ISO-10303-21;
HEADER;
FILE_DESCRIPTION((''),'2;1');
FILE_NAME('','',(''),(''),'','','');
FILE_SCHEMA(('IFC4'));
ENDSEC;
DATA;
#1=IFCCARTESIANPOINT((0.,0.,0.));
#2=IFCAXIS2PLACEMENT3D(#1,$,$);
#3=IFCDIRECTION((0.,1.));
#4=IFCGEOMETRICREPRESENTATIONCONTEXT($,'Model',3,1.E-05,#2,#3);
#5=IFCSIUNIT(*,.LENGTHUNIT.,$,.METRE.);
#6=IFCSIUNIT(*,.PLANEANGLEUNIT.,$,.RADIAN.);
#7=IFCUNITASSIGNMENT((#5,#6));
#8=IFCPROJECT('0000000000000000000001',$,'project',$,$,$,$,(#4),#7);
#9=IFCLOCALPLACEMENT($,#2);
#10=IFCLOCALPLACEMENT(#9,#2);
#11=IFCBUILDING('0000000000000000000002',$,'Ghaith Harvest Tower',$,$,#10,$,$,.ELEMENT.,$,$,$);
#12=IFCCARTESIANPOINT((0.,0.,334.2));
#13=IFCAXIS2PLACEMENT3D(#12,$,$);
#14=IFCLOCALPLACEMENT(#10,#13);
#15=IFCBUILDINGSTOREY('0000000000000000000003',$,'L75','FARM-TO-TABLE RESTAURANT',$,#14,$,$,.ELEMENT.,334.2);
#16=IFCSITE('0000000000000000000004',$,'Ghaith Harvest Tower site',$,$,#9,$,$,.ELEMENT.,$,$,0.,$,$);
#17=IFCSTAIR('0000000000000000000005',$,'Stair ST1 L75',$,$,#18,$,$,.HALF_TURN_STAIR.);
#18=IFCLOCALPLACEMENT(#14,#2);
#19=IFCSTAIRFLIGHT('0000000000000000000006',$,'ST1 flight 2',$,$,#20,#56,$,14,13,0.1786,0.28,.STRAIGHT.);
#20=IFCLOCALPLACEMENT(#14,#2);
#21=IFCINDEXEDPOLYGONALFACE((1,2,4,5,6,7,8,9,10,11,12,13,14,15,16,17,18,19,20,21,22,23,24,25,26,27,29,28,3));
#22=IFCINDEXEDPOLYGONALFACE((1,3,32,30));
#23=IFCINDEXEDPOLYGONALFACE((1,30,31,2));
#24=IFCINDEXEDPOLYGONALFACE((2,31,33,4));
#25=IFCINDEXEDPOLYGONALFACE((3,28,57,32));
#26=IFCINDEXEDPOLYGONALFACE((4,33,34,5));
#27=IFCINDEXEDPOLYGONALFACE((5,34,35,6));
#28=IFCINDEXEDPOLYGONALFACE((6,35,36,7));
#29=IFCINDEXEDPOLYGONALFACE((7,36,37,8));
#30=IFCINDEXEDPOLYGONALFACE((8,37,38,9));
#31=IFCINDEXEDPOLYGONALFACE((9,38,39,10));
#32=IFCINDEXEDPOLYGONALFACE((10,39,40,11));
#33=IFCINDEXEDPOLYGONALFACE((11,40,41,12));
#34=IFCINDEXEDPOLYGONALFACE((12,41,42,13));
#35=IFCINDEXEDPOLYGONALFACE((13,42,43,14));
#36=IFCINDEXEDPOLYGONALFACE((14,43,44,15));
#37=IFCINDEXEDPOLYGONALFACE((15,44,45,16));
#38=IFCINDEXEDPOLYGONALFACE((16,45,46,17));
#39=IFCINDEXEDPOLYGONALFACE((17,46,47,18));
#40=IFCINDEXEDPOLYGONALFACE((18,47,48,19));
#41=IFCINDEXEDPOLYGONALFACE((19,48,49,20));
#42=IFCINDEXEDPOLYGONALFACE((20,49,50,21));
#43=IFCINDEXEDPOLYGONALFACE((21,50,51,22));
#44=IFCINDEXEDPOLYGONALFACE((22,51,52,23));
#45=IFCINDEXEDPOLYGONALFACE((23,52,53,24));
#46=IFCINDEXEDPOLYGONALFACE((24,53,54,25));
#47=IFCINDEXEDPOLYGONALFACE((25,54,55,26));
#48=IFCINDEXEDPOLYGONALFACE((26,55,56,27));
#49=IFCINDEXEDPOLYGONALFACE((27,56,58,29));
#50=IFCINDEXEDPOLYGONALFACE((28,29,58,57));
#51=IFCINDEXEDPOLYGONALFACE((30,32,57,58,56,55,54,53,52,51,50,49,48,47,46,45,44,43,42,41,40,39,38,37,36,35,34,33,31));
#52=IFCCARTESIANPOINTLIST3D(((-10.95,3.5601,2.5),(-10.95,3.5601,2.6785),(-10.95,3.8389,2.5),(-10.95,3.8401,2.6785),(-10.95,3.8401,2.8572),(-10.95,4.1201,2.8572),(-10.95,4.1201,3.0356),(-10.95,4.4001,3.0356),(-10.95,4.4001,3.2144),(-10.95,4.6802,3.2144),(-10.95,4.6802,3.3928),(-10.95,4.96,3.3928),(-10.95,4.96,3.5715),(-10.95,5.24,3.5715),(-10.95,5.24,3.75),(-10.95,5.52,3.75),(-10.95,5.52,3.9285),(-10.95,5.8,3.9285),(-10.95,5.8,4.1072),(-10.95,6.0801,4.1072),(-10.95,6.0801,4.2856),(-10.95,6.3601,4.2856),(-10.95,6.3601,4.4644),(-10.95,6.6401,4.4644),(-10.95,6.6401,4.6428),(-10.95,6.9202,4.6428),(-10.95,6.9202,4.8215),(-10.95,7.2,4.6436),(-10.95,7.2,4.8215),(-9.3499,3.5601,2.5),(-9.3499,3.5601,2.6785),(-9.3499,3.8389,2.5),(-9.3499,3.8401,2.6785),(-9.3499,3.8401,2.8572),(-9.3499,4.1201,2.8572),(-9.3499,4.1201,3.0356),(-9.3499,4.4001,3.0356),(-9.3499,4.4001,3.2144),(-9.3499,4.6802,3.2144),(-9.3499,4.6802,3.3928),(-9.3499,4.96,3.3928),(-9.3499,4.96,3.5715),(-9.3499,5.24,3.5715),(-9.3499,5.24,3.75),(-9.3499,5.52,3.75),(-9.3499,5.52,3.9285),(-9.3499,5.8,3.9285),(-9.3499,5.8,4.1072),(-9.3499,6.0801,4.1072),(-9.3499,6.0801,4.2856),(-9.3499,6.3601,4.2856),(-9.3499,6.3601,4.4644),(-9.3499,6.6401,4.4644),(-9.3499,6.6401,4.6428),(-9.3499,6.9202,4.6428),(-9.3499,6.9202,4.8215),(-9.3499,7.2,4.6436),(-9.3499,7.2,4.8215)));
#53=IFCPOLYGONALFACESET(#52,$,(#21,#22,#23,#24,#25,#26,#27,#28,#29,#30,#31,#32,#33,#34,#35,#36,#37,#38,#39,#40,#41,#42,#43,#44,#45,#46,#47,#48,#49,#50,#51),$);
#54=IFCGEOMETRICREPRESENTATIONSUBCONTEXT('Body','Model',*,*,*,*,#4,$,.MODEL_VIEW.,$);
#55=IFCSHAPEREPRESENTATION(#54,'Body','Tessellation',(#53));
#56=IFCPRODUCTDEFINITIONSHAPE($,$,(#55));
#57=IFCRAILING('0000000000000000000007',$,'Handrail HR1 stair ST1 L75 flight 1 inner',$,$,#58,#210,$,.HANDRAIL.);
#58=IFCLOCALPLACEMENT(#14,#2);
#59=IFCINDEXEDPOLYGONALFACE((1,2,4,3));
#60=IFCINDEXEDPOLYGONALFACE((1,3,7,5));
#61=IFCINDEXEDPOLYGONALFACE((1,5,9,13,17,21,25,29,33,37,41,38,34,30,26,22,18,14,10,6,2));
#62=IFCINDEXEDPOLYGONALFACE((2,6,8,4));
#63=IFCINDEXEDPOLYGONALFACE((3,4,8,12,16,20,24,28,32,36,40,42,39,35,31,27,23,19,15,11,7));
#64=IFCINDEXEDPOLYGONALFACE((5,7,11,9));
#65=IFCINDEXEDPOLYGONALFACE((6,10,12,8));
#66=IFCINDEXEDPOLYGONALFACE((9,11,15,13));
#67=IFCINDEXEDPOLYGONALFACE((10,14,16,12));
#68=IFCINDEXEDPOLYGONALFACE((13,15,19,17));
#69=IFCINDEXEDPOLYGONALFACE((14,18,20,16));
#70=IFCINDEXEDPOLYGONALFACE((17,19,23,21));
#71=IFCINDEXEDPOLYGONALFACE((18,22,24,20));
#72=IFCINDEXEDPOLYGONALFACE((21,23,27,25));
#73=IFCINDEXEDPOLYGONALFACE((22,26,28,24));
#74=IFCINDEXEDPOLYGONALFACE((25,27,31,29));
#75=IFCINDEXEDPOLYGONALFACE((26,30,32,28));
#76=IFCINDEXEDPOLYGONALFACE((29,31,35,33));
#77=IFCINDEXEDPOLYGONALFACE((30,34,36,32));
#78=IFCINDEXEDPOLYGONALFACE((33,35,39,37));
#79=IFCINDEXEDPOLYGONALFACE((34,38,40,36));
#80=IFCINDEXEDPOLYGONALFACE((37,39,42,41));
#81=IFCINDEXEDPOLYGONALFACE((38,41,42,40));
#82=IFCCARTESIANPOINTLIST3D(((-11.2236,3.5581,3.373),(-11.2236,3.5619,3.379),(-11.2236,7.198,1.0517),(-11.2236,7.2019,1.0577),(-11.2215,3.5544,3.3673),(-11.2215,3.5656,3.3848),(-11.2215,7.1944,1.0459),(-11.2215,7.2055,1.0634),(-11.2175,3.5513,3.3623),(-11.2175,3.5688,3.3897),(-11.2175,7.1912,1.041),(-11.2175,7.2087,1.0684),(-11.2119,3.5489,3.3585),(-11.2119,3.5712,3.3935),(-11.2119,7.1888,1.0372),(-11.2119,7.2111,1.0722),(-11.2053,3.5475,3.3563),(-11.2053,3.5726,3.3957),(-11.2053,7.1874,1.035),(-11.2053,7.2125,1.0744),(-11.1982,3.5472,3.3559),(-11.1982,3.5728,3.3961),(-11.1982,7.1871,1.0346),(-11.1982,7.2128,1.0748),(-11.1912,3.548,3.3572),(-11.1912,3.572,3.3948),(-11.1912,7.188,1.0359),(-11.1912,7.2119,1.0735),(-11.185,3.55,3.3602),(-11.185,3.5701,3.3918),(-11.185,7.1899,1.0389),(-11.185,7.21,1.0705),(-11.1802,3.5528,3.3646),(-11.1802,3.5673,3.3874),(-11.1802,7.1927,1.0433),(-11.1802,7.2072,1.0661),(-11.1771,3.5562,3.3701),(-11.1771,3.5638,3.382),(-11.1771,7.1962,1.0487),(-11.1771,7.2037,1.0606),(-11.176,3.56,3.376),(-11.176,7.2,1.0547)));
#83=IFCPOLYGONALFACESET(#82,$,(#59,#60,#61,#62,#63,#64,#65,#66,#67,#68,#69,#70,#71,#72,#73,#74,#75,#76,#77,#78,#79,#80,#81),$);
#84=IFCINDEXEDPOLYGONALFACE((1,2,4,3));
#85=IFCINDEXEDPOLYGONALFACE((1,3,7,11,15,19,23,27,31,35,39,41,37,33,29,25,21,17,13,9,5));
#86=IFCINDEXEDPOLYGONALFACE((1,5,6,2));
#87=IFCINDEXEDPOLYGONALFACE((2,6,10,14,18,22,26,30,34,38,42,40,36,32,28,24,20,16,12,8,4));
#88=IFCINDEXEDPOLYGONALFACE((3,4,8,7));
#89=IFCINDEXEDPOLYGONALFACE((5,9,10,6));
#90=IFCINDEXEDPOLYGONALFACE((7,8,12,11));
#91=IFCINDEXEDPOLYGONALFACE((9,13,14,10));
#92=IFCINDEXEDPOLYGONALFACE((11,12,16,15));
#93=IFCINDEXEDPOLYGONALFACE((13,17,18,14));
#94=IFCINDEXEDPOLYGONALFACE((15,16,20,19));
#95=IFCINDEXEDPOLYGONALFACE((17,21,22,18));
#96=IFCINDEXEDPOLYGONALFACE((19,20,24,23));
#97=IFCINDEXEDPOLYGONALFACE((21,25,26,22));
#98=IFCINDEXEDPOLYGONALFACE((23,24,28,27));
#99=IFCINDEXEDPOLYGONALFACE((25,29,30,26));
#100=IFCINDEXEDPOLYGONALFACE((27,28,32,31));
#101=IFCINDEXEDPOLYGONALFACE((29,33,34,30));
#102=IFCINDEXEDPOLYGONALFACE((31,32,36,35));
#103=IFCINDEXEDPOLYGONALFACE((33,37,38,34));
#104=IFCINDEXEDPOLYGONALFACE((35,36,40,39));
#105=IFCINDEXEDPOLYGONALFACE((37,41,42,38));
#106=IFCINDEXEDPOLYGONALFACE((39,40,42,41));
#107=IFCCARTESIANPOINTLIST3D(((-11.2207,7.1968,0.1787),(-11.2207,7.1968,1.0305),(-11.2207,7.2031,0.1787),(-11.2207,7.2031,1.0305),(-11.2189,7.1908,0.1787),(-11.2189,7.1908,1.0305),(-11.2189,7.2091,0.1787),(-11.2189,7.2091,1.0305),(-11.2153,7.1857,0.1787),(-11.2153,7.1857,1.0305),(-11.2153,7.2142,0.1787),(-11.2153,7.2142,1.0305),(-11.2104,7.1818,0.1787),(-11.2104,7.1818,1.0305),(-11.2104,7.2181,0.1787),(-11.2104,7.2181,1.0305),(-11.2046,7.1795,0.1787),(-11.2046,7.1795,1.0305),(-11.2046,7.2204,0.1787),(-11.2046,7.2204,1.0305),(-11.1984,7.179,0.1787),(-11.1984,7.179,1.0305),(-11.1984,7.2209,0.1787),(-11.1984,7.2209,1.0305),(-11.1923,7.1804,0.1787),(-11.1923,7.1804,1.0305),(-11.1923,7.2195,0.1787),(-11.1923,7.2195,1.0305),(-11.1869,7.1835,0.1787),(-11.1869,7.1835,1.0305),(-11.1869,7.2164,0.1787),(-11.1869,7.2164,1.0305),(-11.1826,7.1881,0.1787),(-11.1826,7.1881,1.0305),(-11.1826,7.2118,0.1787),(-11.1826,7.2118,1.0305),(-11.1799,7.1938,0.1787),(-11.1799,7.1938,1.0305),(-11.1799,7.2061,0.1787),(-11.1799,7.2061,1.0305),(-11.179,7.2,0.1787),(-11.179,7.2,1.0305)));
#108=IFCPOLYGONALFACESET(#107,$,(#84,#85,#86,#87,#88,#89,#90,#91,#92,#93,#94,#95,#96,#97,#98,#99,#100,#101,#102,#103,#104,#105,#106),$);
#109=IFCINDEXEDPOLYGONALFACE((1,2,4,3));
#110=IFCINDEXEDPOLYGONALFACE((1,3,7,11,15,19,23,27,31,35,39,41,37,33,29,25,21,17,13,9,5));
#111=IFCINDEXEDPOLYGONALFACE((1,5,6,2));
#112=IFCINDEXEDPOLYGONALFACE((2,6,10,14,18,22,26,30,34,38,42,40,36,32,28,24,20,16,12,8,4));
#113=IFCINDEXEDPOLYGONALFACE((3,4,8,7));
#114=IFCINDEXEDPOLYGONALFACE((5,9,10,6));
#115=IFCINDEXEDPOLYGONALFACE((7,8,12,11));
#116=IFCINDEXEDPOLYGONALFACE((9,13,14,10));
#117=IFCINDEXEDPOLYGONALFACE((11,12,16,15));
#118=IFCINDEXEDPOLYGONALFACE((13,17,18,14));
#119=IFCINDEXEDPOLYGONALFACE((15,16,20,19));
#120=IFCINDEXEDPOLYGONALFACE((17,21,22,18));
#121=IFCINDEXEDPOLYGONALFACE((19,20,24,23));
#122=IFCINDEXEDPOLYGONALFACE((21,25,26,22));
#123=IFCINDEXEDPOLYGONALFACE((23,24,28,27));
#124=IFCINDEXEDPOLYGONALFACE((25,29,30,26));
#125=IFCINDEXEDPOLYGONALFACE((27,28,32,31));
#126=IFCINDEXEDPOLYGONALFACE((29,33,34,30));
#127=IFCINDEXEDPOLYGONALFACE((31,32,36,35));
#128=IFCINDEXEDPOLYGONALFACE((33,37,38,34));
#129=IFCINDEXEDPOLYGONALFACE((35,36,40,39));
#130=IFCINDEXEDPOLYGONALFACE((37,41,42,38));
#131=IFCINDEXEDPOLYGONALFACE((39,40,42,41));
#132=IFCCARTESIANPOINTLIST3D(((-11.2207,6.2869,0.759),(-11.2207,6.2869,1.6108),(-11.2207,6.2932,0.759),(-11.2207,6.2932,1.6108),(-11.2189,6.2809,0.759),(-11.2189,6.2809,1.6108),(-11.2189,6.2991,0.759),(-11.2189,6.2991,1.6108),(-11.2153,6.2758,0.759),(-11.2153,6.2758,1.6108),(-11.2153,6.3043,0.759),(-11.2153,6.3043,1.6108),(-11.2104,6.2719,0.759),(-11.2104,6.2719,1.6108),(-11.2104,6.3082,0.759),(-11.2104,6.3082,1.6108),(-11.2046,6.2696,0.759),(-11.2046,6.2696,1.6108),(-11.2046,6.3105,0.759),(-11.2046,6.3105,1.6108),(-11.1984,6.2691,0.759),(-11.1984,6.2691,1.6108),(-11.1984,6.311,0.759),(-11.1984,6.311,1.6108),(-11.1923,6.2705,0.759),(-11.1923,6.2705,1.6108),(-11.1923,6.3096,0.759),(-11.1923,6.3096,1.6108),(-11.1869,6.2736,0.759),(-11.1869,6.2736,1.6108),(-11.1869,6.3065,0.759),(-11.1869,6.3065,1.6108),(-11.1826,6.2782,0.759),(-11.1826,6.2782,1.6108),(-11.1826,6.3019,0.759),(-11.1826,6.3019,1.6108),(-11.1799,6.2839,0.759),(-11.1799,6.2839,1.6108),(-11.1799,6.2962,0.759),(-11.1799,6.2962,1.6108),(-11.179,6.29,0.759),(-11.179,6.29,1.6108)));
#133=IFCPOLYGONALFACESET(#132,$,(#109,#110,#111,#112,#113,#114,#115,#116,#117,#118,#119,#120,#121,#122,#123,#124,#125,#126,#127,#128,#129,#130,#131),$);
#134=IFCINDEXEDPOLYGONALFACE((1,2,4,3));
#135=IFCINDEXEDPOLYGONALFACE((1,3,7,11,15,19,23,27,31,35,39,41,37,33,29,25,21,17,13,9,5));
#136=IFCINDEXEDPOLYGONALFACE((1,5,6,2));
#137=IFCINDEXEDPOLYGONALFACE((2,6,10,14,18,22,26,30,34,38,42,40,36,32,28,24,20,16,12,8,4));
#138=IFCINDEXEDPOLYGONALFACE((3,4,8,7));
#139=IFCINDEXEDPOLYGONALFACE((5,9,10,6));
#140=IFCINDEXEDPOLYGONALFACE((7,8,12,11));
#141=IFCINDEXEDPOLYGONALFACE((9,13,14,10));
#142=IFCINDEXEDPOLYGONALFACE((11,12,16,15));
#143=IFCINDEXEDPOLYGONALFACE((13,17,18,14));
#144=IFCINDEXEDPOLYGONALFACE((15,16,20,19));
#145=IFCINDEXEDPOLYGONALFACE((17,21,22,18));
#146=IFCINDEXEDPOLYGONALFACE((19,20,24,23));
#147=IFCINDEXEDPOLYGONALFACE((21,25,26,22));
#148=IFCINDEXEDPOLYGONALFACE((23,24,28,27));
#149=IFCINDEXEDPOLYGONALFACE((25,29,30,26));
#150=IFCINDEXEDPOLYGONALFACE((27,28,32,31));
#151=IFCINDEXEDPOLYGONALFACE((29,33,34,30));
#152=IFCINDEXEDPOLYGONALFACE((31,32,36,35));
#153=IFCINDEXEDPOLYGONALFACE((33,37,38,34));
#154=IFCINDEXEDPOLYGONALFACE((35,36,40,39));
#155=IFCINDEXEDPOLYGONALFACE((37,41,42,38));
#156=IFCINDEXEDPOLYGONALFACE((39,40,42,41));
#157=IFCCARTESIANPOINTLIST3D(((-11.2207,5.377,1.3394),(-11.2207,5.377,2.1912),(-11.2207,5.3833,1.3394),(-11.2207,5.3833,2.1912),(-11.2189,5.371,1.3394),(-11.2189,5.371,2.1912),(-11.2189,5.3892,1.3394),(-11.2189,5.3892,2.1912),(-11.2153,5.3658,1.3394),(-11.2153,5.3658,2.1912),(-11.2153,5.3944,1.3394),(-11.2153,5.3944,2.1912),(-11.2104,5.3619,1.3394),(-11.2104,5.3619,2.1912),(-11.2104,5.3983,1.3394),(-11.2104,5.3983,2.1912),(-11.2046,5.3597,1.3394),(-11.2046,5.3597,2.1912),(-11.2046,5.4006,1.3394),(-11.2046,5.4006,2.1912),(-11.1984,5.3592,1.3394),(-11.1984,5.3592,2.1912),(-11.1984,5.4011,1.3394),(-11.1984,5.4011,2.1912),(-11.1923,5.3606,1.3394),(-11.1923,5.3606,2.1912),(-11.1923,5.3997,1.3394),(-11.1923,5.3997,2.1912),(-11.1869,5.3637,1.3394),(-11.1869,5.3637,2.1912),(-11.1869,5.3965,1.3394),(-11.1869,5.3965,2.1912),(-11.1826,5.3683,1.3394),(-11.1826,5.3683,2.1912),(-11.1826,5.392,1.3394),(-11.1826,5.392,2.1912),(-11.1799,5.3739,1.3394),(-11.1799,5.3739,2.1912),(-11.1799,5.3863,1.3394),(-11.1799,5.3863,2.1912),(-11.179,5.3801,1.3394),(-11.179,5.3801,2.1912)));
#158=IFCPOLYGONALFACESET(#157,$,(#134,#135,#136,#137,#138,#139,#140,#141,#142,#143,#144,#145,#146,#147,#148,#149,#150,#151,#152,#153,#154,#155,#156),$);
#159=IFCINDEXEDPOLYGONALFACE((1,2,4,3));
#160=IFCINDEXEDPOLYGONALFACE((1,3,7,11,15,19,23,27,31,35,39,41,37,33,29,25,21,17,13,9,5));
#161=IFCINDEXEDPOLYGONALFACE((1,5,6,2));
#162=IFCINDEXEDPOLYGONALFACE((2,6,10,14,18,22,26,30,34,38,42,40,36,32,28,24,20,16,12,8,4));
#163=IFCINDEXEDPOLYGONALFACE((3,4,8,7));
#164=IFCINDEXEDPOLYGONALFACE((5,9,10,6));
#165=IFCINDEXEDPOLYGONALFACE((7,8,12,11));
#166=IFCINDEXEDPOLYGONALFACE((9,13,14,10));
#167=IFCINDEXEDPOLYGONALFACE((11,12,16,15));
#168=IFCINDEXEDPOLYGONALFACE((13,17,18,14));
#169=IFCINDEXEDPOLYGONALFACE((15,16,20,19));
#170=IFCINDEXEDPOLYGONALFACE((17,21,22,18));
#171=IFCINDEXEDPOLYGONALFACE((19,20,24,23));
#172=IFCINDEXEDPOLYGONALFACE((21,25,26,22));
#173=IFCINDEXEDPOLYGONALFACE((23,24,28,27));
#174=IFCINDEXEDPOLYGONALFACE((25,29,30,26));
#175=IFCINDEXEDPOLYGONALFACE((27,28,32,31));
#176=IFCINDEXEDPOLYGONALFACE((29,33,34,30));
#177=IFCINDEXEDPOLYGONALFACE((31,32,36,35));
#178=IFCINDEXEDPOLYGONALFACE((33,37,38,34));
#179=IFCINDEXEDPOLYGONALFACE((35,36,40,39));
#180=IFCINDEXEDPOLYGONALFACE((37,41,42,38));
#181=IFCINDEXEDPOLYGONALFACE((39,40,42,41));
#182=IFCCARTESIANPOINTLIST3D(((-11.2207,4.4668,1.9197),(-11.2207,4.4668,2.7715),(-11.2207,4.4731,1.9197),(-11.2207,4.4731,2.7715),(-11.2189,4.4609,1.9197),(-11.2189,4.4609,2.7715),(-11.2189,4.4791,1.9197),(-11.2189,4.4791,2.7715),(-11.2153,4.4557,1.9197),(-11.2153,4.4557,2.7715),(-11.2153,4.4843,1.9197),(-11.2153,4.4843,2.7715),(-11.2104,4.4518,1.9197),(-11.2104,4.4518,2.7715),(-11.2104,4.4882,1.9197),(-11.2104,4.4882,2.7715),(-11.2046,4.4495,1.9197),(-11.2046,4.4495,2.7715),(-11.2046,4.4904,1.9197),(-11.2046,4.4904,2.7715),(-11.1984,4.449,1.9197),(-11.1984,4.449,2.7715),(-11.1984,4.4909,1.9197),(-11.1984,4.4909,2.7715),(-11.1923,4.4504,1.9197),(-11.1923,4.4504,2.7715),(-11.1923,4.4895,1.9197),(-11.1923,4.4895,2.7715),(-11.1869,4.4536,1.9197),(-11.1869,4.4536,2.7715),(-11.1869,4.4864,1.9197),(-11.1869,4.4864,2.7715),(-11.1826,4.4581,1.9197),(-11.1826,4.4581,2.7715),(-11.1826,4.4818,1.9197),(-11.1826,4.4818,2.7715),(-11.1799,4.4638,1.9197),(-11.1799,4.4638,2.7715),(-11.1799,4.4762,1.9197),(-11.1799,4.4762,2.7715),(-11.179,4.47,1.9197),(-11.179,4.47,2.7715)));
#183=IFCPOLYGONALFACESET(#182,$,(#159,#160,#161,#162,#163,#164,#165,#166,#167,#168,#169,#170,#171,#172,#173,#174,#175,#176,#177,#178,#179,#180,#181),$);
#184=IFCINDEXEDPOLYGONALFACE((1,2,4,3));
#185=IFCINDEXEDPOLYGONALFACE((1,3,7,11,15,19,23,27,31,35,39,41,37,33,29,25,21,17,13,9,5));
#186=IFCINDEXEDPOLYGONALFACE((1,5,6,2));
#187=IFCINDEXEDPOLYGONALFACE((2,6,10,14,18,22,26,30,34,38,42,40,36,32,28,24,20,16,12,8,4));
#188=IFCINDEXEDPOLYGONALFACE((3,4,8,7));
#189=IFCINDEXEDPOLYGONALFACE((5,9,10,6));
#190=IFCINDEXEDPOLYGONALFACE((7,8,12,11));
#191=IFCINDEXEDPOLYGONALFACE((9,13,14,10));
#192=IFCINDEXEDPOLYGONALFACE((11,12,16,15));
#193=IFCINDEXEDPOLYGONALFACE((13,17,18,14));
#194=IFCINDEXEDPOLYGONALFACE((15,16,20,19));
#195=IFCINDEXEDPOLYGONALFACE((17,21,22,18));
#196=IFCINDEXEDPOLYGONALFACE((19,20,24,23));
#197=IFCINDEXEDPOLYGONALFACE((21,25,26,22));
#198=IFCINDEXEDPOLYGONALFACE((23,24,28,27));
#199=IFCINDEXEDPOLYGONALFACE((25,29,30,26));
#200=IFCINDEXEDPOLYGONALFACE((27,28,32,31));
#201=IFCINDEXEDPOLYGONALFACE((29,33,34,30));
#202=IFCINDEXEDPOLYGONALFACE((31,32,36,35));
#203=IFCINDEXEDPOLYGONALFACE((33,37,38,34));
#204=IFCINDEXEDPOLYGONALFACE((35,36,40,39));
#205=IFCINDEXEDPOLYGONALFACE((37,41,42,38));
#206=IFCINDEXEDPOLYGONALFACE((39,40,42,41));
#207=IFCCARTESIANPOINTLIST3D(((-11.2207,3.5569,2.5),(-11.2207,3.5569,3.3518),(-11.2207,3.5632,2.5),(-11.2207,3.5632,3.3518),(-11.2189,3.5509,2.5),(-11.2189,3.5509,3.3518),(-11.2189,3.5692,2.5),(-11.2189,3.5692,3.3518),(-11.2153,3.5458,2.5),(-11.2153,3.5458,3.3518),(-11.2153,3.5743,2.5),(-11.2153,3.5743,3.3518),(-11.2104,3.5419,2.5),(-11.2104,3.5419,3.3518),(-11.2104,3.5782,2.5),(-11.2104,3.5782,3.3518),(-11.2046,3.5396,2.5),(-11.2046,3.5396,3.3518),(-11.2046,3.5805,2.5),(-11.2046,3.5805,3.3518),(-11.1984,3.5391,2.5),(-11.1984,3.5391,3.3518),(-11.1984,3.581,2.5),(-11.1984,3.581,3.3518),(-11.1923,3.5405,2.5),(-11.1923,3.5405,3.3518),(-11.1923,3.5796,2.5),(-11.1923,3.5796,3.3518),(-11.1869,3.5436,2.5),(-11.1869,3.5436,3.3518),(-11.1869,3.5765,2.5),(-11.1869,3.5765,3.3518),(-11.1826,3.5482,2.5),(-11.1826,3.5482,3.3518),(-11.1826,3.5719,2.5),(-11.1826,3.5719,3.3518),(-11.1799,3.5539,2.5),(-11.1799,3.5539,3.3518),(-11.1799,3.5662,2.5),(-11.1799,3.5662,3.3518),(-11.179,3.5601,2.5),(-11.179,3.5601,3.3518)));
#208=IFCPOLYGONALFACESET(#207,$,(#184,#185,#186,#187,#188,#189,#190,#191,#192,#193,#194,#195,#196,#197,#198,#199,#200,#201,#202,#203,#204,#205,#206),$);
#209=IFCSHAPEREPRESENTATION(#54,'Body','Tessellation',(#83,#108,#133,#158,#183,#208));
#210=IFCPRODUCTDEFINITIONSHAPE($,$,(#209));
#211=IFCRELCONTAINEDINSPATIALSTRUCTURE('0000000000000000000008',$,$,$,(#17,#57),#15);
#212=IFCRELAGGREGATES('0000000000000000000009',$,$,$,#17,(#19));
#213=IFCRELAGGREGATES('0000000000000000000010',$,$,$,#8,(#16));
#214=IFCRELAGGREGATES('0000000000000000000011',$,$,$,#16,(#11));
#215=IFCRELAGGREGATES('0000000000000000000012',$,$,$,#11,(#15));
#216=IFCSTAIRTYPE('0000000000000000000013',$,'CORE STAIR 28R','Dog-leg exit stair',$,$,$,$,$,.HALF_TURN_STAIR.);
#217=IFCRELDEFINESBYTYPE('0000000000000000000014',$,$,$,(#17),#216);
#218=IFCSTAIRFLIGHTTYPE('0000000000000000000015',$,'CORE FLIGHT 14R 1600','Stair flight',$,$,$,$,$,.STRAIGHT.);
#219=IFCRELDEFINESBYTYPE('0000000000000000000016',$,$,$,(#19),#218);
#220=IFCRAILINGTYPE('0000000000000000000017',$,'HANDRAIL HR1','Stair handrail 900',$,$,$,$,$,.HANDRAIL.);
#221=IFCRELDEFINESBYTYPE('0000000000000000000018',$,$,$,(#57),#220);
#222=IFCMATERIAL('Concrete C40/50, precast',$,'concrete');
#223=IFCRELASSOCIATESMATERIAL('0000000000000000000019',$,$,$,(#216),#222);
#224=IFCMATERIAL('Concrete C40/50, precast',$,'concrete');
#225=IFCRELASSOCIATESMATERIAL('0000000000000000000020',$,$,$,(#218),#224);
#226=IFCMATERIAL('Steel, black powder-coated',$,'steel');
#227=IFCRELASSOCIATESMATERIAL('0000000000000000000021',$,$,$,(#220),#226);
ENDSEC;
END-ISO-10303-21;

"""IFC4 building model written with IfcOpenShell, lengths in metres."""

from ifc_helpers import new_model, si_unit, direction, frame, origin, origin_2d, place, context, subcontext, project, spatial, polyline, circle, outline, extrude, material, type_object, element, aggregate, save


model = new_model("IFC4")

# Units and contexts
model_context = context("Model", 3, precision=1e-05, world=origin(), true_north=direction((0.0, 1.0)))
body_context = subcontext(model_context, "Body", "Model", "MODEL_VIEW")
ifc_project = project(units=[si_unit("LENGTHUNIT", "METRE"), si_unit("PLANEANGLEUNIT", "RADIAN")], contexts=[model_context])

# Site, building, storey
site_placement = place(None, origin())
site = spatial("IfcSite", under=ifc_project, at=site_placement, Name="Ghaith Harvest Tower site", CompositionType="ELEMENT", RefElevation=0.0)
building_placement = place(site_placement, origin())
building = spatial("IfcBuilding", under=site, at=building_placement, Name="Ghaith Harvest Tower", CompositionType="ELEMENT")
storey_placement = place(building_placement, frame((0.0, 0.0, 334.2)))
storey = spatial("IfcBuildingStorey", under=building, at=storey_placement, Name="L75", Description="FARM-TO-TABLE RESTAURANT", CompositionType="ELEMENT", Elevation=334.2)

# Stair, stair flight
ifc_material_1 = material(Name="Concrete C40/50, precast", Category="concrete")
stair_type = type_object("IfcStairType", Name="CORE STAIR 28R", Description="Dog-leg exit stair", PredefinedType="HALF_TURN_STAIR", material=ifc_material_1)
stair_placement = place(storey_placement, origin())
stair = element("IfcStair", 1, at=stair_placement, inside=storey, type_object=stair_type, Name="Stair ST1 L75", PredefinedType="HALF_TURN_STAIR")
ifc_material_2 = material(Name="Concrete C40/50, precast", Category="concrete")
stair_flight_type = type_object("IfcStairFlightType", Name="CORE FLIGHT 14R 1600", Description="Stair flight", PredefinedType="STRAIGHT", material=ifc_material_2)
stair_flight_placement = place(storey_placement, frame((-10.1499, 3.5601, 2.5), z_axis=(0.0, 0.0, 1.0), x_axis=(0.0, 1.0, 0.0)))
stair_flight = element("IfcStairFlight", 2, at=stair_flight_placement, type_object=stair_flight_type, Name="ST1 flight 2", NumberOfRisers=14, NumberOfTreads=13, PredefinedType="STRAIGHT", RiserHeight=0.1786, TreadLength=0.28, context=body_context, shape_type="SweptSolid", body=[
    extrude(outline(polyline([(0.0, 0.0), (0.0, 0.1785), (0.28, 0.1785), (0.28, 0.3572), (0.5601, 0.3572), (0.5601, 0.5356), (0.8401, 0.5356), (0.8401, 0.7144), (1.1201, 0.7144), (1.1201, 0.8928), (1.3999, 0.8928), (1.3999, 1.0715), (1.6799, 1.0715), (1.6799, 1.25), (1.96, 1.25), (1.96, 1.4285), (2.24, 1.4285), (2.24, 1.6072), (2.52, 1.6072), (2.52, 1.7856), (2.8, 1.7856), (2.8, 1.9644), (3.0801, 1.9644), (3.0801, 2.1428), (3.3601, 2.1428), (3.3601, 2.3215), (3.6399, 2.3215), (3.6399, 2.5), (3.6399, 2.1436), (0.2788, 0.0), (0.0, 0.0)])), frame((0.0, 0.8, 0.0), z_axis=(0.0, -1.0, 0.0), x_axis=(1.0, 0.0, 0.0)), (0.0, 0.0, 1.0), 1.6001),
])
aggregate(stair, [stair_flight])

# Railing
ifc_material_3 = material(Name="Steel, black powder-coated", Category="steel")
railing_type = type_object("IfcRailingType", Name="HANDRAIL HR1", Description="Stair handrail 900", PredefinedType="HANDRAIL", material=ifc_material_3)
railing_1_placement = place(storey_placement, frame((-11.2, 7.2, 0.1787)))
element("IfcRailing", 3, at=railing_1_placement, inside=storey, type_object=railing_type, Name="Handrail HR1 stair ST1 L75 flight 1 inner", PredefinedType="HANDRAIL", context=body_context, shape_type="SweptSolid", body=[
    extrude(circle(Radius=0.0239, at=origin_2d()), frame((0.0, 0.0, 0.876), z_axis=(0.0, -0.843137, 0.537699), x_axis=(1.0, 0.0, 0.0)), (0.0, 0.0, 1.0), 4.3171),
    extrude(circle(Radius=0.021, at=origin_2d()), origin(), (0.0, 0.0, 1.0), 0.8518),
    extrude(circle(Radius=0.021, at=origin_2d()), frame((0.0, -0.9099, 0.5803)), (0.0, 0.0, 1.0), 0.8518),
    extrude(circle(Radius=0.021, at=origin_2d()), frame((0.0, -1.8198, 1.1606)), (0.0, 0.0, 1.0), 0.8518),
    extrude(circle(Radius=0.021, at=origin_2d()), frame((0.0, -2.73, 1.741)), (0.0, 0.0, 1.0), 0.8518),
    extrude(circle(Radius=0.021, at=origin_2d()), frame((0.0, -3.6399, 2.3213)), (0.0, 0.0, 1.0), 0.8518),
])

save(model, "model.ifc")
